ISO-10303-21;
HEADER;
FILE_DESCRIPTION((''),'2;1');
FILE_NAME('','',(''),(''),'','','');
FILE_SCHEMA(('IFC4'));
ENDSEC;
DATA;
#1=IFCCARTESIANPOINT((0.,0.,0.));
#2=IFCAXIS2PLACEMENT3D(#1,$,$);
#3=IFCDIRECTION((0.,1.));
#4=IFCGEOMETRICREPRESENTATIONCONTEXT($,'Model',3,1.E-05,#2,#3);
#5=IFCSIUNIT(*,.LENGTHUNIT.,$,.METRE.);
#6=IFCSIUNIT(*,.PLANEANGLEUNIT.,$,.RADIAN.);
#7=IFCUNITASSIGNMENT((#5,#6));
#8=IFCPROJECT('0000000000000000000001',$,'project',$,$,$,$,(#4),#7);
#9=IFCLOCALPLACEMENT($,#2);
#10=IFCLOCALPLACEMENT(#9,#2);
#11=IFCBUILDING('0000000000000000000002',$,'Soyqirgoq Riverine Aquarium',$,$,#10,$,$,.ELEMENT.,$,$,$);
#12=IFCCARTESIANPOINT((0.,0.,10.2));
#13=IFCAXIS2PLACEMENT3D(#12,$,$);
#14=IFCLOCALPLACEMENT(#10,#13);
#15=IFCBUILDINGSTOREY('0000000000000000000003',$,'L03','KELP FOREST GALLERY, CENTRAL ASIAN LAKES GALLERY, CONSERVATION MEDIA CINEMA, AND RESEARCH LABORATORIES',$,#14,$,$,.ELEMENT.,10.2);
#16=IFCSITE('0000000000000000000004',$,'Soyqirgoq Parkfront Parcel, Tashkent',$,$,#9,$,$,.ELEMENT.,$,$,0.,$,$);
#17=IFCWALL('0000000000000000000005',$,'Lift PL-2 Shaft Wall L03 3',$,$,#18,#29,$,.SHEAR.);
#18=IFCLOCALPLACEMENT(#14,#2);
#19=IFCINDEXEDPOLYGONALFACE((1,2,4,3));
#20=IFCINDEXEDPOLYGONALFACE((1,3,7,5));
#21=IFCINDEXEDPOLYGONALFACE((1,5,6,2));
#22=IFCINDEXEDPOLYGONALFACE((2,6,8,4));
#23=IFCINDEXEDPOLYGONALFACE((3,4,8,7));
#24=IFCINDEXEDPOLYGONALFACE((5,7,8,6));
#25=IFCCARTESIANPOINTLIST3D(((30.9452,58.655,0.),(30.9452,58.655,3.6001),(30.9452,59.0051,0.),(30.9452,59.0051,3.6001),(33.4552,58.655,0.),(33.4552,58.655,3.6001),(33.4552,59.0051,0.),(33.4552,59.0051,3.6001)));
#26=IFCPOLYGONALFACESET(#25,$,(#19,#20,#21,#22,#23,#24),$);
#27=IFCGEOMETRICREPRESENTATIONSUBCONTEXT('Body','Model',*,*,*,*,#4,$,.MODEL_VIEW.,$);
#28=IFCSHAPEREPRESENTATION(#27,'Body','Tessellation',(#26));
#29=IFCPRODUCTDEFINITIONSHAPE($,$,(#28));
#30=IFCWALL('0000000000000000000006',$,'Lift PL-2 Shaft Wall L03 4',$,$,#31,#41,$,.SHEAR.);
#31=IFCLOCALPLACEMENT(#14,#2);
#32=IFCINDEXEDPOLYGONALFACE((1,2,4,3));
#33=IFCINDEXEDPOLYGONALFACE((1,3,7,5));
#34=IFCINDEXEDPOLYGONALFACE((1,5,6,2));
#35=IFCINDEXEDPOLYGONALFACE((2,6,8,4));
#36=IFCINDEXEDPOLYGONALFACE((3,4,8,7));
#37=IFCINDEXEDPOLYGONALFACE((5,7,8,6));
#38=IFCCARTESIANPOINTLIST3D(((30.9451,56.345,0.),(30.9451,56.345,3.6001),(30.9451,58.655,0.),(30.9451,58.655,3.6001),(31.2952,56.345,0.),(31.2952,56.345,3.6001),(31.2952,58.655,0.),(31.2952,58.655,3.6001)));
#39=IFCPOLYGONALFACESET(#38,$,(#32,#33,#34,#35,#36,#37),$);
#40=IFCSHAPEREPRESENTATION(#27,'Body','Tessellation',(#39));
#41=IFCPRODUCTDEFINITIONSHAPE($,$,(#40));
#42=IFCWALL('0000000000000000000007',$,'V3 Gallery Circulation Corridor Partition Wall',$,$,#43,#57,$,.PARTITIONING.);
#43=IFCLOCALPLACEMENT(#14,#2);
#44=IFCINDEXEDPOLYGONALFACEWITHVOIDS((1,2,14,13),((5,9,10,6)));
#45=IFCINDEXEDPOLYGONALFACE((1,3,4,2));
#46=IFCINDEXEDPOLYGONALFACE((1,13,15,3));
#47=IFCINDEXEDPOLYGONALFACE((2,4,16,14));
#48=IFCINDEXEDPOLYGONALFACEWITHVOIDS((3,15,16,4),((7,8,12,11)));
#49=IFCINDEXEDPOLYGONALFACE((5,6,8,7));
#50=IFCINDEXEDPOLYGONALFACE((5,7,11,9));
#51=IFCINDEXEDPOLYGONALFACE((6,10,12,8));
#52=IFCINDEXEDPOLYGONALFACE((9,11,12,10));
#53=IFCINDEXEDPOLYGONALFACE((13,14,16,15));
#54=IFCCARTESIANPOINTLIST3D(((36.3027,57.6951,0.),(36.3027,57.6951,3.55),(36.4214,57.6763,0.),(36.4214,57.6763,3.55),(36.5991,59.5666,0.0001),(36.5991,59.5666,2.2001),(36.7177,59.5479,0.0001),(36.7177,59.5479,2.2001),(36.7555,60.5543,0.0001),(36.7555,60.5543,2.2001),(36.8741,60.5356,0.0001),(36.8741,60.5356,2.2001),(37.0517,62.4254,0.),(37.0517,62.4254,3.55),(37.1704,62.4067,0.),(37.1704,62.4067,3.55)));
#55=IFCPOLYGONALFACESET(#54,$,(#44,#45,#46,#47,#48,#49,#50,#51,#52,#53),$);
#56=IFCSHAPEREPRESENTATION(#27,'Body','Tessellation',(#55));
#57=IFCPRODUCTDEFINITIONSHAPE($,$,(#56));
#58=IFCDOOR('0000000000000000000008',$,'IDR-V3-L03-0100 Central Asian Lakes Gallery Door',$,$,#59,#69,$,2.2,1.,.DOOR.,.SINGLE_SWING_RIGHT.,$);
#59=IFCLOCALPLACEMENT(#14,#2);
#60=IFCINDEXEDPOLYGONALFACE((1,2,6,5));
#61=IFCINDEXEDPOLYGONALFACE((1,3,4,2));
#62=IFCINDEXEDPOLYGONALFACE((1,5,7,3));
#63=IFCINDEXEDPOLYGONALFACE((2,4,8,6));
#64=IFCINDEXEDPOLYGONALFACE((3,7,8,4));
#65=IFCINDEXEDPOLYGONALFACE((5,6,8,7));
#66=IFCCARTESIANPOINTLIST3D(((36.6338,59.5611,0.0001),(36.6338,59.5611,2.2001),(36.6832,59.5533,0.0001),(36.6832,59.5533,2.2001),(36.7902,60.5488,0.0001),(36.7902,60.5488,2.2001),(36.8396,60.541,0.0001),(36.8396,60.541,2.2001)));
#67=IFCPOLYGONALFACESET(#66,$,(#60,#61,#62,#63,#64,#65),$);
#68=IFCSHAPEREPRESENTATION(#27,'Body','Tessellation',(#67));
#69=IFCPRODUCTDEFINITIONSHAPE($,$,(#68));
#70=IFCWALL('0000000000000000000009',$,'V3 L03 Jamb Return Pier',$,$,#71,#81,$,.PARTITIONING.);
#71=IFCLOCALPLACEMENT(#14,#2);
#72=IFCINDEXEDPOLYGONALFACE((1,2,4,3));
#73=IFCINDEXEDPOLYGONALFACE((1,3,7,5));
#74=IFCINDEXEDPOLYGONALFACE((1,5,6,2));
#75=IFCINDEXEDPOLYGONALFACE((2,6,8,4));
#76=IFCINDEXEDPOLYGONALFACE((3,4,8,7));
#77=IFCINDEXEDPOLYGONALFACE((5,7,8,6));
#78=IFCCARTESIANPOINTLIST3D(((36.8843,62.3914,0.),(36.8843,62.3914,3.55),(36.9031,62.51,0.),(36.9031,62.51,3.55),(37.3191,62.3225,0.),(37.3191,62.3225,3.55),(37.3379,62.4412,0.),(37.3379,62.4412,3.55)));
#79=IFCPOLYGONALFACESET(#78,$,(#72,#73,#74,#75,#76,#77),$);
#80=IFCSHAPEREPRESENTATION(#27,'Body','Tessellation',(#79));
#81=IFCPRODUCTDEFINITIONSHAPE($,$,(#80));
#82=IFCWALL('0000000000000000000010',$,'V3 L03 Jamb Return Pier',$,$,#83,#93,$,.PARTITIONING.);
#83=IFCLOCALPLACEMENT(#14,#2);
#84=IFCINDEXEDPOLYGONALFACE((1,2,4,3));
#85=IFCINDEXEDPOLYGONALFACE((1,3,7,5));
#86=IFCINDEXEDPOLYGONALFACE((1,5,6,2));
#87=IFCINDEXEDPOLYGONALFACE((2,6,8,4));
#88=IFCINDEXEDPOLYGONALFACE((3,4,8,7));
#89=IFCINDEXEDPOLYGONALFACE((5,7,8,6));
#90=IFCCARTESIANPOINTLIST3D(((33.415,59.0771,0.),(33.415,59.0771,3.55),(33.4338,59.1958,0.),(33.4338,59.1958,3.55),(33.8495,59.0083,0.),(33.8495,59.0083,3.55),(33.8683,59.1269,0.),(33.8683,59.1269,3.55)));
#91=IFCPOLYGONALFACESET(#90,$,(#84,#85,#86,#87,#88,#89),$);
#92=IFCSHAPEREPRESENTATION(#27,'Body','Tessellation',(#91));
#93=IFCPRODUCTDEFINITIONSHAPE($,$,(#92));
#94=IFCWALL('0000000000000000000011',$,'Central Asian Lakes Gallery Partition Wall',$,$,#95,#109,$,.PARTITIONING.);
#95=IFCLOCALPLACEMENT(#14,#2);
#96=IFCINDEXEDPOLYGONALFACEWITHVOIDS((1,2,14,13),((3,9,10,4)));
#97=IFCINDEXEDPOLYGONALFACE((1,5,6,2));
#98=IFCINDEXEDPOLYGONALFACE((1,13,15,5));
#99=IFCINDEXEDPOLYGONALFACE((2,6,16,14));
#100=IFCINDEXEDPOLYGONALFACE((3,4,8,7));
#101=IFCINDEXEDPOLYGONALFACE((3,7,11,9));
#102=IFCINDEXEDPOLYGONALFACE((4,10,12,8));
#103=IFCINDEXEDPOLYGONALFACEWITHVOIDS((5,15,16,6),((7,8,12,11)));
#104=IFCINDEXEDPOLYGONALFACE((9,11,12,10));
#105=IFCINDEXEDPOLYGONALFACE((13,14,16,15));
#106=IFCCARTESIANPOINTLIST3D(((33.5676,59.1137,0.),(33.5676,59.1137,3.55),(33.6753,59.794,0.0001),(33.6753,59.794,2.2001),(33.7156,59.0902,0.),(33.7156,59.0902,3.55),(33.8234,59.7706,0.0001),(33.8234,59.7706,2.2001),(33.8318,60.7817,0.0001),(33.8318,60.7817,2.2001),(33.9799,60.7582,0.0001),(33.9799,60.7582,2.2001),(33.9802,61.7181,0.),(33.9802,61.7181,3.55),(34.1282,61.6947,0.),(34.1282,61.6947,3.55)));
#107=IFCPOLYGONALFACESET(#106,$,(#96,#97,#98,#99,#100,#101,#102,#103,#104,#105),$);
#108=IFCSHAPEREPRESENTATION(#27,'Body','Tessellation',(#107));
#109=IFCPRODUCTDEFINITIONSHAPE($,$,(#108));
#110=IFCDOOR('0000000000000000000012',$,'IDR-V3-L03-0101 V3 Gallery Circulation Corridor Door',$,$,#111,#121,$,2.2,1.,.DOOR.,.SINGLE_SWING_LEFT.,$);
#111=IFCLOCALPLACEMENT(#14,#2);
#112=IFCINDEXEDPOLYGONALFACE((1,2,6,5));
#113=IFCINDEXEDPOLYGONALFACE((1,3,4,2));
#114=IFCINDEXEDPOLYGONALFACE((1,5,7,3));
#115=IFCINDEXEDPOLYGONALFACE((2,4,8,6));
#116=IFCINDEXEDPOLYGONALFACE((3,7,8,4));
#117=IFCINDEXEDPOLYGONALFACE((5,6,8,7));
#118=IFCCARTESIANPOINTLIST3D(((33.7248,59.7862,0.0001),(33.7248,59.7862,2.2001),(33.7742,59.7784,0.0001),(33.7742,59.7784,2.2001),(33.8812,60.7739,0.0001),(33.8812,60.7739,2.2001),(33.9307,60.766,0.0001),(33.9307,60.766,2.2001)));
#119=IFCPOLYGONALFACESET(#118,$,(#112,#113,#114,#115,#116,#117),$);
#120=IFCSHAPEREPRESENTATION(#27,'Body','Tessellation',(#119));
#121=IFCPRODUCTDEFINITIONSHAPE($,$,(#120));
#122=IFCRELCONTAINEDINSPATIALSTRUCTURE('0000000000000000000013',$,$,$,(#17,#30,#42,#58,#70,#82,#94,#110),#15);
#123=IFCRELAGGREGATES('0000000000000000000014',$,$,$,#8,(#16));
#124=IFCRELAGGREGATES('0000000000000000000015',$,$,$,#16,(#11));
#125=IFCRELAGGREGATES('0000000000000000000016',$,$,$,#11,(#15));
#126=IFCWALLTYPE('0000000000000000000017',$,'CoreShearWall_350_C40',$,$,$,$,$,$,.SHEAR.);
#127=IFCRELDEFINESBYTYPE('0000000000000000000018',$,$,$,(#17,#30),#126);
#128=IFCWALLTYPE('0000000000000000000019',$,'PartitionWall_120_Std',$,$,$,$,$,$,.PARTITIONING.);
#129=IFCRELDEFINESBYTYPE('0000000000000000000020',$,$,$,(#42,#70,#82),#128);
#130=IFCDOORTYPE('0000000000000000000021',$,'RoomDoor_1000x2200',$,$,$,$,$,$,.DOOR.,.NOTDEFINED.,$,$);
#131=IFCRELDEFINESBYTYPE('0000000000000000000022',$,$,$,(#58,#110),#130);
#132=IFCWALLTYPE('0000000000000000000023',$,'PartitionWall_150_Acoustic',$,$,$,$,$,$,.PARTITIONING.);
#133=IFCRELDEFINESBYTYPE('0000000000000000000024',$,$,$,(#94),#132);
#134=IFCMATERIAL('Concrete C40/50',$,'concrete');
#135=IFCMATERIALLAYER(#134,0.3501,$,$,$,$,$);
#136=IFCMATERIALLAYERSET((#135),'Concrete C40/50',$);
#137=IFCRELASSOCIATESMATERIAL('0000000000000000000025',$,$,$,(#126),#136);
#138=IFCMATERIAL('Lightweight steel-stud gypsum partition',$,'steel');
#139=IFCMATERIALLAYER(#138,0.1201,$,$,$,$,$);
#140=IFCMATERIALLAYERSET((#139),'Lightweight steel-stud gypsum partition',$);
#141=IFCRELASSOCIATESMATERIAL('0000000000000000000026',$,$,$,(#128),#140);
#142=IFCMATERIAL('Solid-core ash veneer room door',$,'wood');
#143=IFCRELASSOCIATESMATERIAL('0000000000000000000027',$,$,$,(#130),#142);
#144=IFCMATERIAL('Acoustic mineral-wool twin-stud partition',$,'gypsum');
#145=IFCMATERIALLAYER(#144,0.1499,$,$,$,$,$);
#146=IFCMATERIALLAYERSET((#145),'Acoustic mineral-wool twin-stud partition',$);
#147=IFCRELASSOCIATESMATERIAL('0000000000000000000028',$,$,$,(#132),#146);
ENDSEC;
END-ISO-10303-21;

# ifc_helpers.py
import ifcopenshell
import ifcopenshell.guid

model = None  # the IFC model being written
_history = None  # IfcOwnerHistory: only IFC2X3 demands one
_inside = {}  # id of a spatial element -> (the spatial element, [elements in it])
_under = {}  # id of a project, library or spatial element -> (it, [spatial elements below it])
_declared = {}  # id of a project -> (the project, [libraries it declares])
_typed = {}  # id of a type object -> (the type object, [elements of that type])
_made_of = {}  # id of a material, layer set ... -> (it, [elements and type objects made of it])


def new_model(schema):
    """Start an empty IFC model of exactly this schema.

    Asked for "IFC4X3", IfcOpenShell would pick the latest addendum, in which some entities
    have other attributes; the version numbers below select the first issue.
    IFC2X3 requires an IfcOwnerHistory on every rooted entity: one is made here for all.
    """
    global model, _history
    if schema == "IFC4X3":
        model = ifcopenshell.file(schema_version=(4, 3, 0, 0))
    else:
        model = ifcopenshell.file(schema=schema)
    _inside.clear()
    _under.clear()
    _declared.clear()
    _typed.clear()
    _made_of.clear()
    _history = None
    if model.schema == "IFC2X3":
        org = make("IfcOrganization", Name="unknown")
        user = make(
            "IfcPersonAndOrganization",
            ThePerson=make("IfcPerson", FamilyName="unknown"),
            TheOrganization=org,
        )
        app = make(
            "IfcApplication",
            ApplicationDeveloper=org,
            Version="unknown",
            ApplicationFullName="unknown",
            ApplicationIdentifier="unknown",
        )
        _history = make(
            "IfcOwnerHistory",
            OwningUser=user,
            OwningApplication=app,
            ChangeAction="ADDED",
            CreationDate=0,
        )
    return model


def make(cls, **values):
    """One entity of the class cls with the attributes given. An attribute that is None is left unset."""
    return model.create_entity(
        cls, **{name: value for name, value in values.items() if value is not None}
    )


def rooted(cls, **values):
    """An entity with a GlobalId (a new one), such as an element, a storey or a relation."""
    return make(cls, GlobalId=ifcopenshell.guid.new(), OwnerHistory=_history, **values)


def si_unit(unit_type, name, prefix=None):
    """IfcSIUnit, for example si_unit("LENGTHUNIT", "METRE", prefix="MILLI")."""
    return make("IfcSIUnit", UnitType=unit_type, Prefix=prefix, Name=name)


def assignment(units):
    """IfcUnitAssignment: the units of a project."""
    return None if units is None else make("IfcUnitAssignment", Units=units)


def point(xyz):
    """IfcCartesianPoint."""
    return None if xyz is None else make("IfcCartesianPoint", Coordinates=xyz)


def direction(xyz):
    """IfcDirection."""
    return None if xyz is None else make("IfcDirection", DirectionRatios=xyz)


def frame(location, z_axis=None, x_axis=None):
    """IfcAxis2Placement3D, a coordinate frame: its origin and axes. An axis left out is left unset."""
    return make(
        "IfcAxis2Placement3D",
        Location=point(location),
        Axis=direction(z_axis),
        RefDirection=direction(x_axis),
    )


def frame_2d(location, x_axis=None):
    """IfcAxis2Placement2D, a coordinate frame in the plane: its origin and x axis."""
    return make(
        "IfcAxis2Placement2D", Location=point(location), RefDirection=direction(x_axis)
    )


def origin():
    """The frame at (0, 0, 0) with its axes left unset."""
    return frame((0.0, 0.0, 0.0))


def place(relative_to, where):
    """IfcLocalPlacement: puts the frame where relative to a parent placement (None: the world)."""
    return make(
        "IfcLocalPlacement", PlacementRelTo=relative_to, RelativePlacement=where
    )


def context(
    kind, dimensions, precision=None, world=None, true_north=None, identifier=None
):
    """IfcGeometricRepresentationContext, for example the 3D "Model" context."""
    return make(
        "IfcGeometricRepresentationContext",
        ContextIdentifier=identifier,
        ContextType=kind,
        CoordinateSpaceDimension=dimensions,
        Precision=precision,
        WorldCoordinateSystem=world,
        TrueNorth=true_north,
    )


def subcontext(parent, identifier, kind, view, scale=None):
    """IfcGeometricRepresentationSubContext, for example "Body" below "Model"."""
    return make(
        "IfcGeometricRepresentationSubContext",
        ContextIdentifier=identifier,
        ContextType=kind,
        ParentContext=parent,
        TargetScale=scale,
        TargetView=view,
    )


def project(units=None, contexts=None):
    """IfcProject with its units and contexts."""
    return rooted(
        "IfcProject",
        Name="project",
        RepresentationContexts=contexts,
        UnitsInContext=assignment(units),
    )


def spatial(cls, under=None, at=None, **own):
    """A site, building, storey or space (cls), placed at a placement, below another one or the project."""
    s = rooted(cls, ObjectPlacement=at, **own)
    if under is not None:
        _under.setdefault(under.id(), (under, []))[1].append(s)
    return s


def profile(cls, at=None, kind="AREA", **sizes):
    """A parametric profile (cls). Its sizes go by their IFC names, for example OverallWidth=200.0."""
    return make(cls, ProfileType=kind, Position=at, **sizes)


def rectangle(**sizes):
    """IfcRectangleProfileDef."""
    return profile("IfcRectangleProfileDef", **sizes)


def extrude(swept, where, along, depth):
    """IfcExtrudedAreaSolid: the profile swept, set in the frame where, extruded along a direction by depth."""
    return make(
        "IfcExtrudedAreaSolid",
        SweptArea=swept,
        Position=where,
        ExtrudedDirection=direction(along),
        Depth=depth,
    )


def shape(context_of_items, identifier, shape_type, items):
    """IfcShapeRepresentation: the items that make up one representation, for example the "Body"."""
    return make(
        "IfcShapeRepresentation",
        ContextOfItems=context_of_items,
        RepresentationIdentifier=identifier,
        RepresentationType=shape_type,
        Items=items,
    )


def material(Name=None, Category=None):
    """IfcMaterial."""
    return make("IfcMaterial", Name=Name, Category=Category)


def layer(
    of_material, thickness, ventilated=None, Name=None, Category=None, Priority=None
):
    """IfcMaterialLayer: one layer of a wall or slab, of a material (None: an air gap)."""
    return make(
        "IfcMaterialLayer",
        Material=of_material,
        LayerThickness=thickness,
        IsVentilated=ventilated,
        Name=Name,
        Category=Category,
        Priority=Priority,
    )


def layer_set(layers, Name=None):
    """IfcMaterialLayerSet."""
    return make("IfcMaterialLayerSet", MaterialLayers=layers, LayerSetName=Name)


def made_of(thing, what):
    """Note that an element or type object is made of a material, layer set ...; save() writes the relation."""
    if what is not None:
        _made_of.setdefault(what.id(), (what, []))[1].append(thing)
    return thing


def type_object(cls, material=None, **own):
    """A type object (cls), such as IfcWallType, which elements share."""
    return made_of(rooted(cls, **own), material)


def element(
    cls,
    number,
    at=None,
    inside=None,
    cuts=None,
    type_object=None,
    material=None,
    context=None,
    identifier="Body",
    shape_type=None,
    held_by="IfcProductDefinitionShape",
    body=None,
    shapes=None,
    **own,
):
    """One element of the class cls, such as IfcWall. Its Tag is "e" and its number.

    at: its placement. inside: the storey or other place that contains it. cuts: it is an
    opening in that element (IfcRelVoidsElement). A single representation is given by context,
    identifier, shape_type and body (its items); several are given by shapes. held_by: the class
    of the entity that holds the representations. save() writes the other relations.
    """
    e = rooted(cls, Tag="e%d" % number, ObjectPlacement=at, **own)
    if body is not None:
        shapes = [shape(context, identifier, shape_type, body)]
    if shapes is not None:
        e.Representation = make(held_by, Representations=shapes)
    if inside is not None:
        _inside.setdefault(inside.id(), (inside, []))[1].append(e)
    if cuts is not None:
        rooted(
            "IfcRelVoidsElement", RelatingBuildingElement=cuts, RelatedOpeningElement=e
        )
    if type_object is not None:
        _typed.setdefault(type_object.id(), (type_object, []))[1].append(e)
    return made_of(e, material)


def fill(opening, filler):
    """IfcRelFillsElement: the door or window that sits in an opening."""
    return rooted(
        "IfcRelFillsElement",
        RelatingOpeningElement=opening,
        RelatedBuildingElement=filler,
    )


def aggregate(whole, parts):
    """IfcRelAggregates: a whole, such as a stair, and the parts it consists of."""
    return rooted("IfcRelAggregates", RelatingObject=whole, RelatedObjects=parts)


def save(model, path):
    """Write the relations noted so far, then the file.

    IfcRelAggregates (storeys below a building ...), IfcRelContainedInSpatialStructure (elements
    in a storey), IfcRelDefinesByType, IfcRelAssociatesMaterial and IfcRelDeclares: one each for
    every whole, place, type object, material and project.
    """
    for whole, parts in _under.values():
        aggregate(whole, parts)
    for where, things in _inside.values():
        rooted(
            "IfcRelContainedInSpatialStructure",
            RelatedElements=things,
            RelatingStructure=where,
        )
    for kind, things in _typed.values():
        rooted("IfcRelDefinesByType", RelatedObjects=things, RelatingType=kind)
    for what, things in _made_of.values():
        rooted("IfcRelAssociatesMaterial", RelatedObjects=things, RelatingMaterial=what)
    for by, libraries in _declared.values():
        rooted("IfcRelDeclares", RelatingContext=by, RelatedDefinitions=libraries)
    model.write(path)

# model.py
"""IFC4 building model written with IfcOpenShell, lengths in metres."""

from ifc_helpers import new_model, si_unit, direction, frame, frame_2d, origin, place, context, subcontext, project, spatial, rectangle, extrude, material, layer, layer_set, type_object, element, fill, save


model = new_model("IFC4")

# Units and contexts
model_context = context("Model", 3, precision=1e-05, world=origin(), true_north=direction((0.0, 1.0)))
body_context = subcontext(model_context, "Body", "Model", "MODEL_VIEW")
ifc_project = project(units=[si_unit("LENGTHUNIT", "METRE"), si_unit("PLANEANGLEUNIT", "RADIAN")], contexts=[model_context])

# Site, building, storey
site_placement = place(None, origin())
site = spatial("IfcSite", under=ifc_project, at=site_placement, Name="Soyqirgoq Parkfront Parcel, Tashkent", CompositionType="ELEMENT", RefElevation=0.0)
building_placement = place(site_placement, origin())
building = spatial("IfcBuilding", under=site, at=building_placement, Name="Soyqirgoq Riverine Aquarium", CompositionType="ELEMENT")
storey_placement = place(building_placement, frame((0.0, 0.0, 10.2)))
storey = spatial("IfcBuildingStorey", under=building, at=storey_placement, Name="L03", Description="KELP FOREST GALLERY, CENTRAL ASIAN LAKES GALLERY, CONSERVATION MEDIA CINEMA, AND RESEARCH LABORATORIES", CompositionType="ELEMENT", Elevation=10.2)

# Shared definitions
ifc_material_1 = material(Name="Concrete C40/50", Category="concrete")
ifc_layer_1 = layer(ifc_material_1, 0.3501)
ifc_layer_set_1 = layer_set([ifc_layer_1], Name="Concrete C40/50")
wall_type_1 = type_object("IfcWallType", Name="CoreShearWall_350_C40", PredefinedType="SHEAR", material=ifc_layer_set_1)

# Walls
wall_1_placement = place(storey_placement, frame((33.4551, 58.8301, 0.0), z_axis=(0.0, 0.0, 1.0), x_axis=(-1.0, 0.0, 0.0)))
element("IfcWall", 1, at=wall_1_placement, inside=storey, type_object=wall_type_1, Name="Lift PL-2 Shaft Wall L03 3", PredefinedType="SHEAR", context=body_context, shape_type="SweptSolid", body=[
    extrude(rectangle(XDim=2.51, YDim=0.3501, at=frame_2d((1.2549, 0.0))), origin(), (0.0, 0.0, 1.0), 3.6001),
])
wall_2_placement = place(storey_placement, frame((31.1201, 58.655, 0.0), z_axis=(0.0, 0.0, 1.0), x_axis=(0.0, -1.0, 0.0)))
element("IfcWall", 2, at=wall_2_placement, inside=storey, type_object=wall_type_1, Name="Lift PL-2 Shaft Wall L03 4", PredefinedType="SHEAR", context=body_context, shape_type="SweptSolid", body=[
    extrude(rectangle(XDim=2.3101, YDim=0.3501, at=frame_2d((1.155, 0.0))), origin(), (0.0, 0.0, 1.0), 3.6001),
])

# Wall, opening, door
ifc_material_2 = material(Name="Lightweight steel-stud gypsum partition", Category="steel")
ifc_layer_2 = layer(ifc_material_2, 0.1201)
ifc_layer_set_2 = layer_set([ifc_layer_2], Name="Lightweight steel-stud gypsum partition")
wall_type_2 = type_object("IfcWallType", Name="PartitionWall_120_Std", PredefinedType="PARTITIONING", material=ifc_layer_set_2)
wall_3_placement = place(storey_placement, frame((36.3621, 57.6858, 0.0), z_axis=(0.0, 0.0, 1.0), x_axis=(0.156392, 0.987695, 0.0)))
wall_3 = element("IfcWall", 3, at=wall_3_placement, inside=storey, type_object=wall_type_2, Name="V3 Gallery Circulation Corridor Partition Wall", PredefinedType="PARTITIONING", context=body_context, shape_type="SweptSolid", body=[
    extrude(rectangle(XDim=4.7893, YDim=0.1201, at=frame_2d((2.3945, 0.0))), origin(), (0.0, 0.0, 1.0), 3.55),
])
opening_1_placement = place(wall_3_placement, frame((1.8948, 0.0, 0.0)))
opening_1 = element("IfcOpeningElement", 4, at=opening_1_placement, cuts=wall_3, PredefinedType="OPENING", context=body_context, shape_type="SweptSolid", body=[
    extrude(rectangle(XDim=1.0, YDim=2.2, at=frame_2d((0.5, 1.1001))), frame((0.0, 0.0701, 0.0), z_axis=(0.0, -1.0, 0.0), x_axis=(1.0, 0.0, 0.0)), (0.0, 0.0, 1.0), 0.1401),
])
ifc_material_3 = material(Name="Solid-core ash veneer room door", Category="wood")
door_type_1 = type_object("IfcDoorType", Name="RoomDoor_1000x2200", OperationType="NOTDEFINED", PredefinedType="DOOR", material=ifc_material_3)
door_1_placement = place(opening_1_placement, origin())
door_1 = element("IfcDoor", 5, at=door_1_placement, inside=storey, type_object=door_type_1, Name="IDR-V3-L03-0100 Central Asian Lakes Gallery Door", OperationType="SINGLE_SWING_RIGHT", OverallHeight=2.2, OverallWidth=1.0, PredefinedType="DOOR", context=body_context, shape_type="SweptSolid", body=[
    extrude(rectangle(XDim=1.0, YDim=2.2, at=frame_2d((0.5, 1.1001))), frame((0.0, 0.0249, 0.0), z_axis=(0.0, -1.0, 0.0), x_axis=(1.0, 0.0, 0.0)), (0.0, 0.0, 1.0), 0.05),
])
fill(opening_1, door_1)

# Walls
wall_4_placement = place(storey_placement, frame((37.3286, 62.3818, 0.0), z_axis=(0.0, 0.0, 1.0), x_axis=(-0.987695, 0.15639, 0.0)))
element("IfcWall", 6, at=wall_4_placement, inside=storey, type_object=wall_type_2, Name="V3 L03 Jamb Return Pier", PredefinedType="PARTITIONING", context=body_context, shape_type="SweptSolid", body=[
    extrude(rectangle(XDim=0.4402, YDim=0.1201, at=frame_2d((0.2202, 0.0))), origin(), (0.0, 0.0, 1.0), 3.55),
])
wall_5_placement = place(storey_placement, frame((33.8589, 59.0676, 0.0), z_axis=(0.0, 0.0, 1.0), x_axis=(-0.987682, 0.156475, 0.0)))
element("IfcWall", 7, at=wall_5_placement, inside=storey, type_object=wall_type_2, Name="V3 L03 Jamb Return Pier", PredefinedType="PARTITIONING", context=body_context, shape_type="SweptSolid", body=[
    extrude(rectangle(XDim=0.4399, YDim=0.1201, at=frame_2d((0.22, 0.0))), origin(), (0.0, 0.0, 1.0), 3.55),
])

# Wall, opening, door
ifc_material_4 = material(Name="Acoustic mineral-wool twin-stud partition", Category="gypsum")
ifc_layer_3 = layer(ifc_material_4, 0.1499)
ifc_layer_set_3 = layer_set([ifc_layer_3], Name="Acoustic mineral-wool twin-stud partition")
wall_type_3 = type_object("IfcWallType", Name="PartitionWall_150_Acoustic", PredefinedType="PARTITIONING", material=ifc_layer_set_3)
wall_6_placement = place(storey_placement, frame((33.6416, 59.1021, 0.0), z_axis=(0.0, 0.0, 1.0), x_axis=(0.156467, 0.987683, 0.0)))
wall_6 = element("IfcWall", 8, at=wall_6_placement, inside=storey, type_object=wall_type_3, Name="Central Asian Lakes Gallery Partition Wall", PredefinedType="PARTITIONING", context=body_context, shape_type="SweptSolid", body=[
    extrude(rectangle(XDim=2.637, YDim=0.1499, at=frame_2d((1.3184, 0.0))), origin(), (0.0, 0.0, 1.0), 3.55),
])
opening_2_placement = place(wall_6_placement, frame((0.6887, 0.0, 0.0)))
opening_2 = element("IfcOpeningElement", 9, at=opening_2_placement, cuts=wall_6, PredefinedType="OPENING", context=body_context, shape_type="SweptSolid", body=[
    extrude(rectangle(XDim=1.0, YDim=2.2, at=frame_2d((0.5, 1.1001))), frame((0.0, 0.085, 0.0), z_axis=(0.0, -1.0, 0.0), x_axis=(1.0, 0.0, 0.0)), (0.0, 0.0, 1.0), 0.1699),
])
door_2_placement = place(opening_2_placement, origin())
door_2 = element("IfcDoor", 10, at=door_2_placement, inside=storey, type_object=door_type_1, Name="IDR-V3-L03-0101 V3 Gallery Circulation Corridor Door", OperationType="SINGLE_SWING_LEFT", OverallHeight=2.2, OverallWidth=1.0, PredefinedType="DOOR", context=body_context, shape_type="SweptSolid", body=[
    extrude(rectangle(XDim=1.0, YDim=2.2, at=frame_2d((0.5, 1.1001))), frame((0.0, 0.0249, 0.0), z_axis=(0.0, -1.0, 0.0), x_axis=(1.0, 0.0, 0.0)), (0.0, 0.0, 1.0), 0.05),
])
fill(opening_2, door_2)

save(model, "model.ifc")
